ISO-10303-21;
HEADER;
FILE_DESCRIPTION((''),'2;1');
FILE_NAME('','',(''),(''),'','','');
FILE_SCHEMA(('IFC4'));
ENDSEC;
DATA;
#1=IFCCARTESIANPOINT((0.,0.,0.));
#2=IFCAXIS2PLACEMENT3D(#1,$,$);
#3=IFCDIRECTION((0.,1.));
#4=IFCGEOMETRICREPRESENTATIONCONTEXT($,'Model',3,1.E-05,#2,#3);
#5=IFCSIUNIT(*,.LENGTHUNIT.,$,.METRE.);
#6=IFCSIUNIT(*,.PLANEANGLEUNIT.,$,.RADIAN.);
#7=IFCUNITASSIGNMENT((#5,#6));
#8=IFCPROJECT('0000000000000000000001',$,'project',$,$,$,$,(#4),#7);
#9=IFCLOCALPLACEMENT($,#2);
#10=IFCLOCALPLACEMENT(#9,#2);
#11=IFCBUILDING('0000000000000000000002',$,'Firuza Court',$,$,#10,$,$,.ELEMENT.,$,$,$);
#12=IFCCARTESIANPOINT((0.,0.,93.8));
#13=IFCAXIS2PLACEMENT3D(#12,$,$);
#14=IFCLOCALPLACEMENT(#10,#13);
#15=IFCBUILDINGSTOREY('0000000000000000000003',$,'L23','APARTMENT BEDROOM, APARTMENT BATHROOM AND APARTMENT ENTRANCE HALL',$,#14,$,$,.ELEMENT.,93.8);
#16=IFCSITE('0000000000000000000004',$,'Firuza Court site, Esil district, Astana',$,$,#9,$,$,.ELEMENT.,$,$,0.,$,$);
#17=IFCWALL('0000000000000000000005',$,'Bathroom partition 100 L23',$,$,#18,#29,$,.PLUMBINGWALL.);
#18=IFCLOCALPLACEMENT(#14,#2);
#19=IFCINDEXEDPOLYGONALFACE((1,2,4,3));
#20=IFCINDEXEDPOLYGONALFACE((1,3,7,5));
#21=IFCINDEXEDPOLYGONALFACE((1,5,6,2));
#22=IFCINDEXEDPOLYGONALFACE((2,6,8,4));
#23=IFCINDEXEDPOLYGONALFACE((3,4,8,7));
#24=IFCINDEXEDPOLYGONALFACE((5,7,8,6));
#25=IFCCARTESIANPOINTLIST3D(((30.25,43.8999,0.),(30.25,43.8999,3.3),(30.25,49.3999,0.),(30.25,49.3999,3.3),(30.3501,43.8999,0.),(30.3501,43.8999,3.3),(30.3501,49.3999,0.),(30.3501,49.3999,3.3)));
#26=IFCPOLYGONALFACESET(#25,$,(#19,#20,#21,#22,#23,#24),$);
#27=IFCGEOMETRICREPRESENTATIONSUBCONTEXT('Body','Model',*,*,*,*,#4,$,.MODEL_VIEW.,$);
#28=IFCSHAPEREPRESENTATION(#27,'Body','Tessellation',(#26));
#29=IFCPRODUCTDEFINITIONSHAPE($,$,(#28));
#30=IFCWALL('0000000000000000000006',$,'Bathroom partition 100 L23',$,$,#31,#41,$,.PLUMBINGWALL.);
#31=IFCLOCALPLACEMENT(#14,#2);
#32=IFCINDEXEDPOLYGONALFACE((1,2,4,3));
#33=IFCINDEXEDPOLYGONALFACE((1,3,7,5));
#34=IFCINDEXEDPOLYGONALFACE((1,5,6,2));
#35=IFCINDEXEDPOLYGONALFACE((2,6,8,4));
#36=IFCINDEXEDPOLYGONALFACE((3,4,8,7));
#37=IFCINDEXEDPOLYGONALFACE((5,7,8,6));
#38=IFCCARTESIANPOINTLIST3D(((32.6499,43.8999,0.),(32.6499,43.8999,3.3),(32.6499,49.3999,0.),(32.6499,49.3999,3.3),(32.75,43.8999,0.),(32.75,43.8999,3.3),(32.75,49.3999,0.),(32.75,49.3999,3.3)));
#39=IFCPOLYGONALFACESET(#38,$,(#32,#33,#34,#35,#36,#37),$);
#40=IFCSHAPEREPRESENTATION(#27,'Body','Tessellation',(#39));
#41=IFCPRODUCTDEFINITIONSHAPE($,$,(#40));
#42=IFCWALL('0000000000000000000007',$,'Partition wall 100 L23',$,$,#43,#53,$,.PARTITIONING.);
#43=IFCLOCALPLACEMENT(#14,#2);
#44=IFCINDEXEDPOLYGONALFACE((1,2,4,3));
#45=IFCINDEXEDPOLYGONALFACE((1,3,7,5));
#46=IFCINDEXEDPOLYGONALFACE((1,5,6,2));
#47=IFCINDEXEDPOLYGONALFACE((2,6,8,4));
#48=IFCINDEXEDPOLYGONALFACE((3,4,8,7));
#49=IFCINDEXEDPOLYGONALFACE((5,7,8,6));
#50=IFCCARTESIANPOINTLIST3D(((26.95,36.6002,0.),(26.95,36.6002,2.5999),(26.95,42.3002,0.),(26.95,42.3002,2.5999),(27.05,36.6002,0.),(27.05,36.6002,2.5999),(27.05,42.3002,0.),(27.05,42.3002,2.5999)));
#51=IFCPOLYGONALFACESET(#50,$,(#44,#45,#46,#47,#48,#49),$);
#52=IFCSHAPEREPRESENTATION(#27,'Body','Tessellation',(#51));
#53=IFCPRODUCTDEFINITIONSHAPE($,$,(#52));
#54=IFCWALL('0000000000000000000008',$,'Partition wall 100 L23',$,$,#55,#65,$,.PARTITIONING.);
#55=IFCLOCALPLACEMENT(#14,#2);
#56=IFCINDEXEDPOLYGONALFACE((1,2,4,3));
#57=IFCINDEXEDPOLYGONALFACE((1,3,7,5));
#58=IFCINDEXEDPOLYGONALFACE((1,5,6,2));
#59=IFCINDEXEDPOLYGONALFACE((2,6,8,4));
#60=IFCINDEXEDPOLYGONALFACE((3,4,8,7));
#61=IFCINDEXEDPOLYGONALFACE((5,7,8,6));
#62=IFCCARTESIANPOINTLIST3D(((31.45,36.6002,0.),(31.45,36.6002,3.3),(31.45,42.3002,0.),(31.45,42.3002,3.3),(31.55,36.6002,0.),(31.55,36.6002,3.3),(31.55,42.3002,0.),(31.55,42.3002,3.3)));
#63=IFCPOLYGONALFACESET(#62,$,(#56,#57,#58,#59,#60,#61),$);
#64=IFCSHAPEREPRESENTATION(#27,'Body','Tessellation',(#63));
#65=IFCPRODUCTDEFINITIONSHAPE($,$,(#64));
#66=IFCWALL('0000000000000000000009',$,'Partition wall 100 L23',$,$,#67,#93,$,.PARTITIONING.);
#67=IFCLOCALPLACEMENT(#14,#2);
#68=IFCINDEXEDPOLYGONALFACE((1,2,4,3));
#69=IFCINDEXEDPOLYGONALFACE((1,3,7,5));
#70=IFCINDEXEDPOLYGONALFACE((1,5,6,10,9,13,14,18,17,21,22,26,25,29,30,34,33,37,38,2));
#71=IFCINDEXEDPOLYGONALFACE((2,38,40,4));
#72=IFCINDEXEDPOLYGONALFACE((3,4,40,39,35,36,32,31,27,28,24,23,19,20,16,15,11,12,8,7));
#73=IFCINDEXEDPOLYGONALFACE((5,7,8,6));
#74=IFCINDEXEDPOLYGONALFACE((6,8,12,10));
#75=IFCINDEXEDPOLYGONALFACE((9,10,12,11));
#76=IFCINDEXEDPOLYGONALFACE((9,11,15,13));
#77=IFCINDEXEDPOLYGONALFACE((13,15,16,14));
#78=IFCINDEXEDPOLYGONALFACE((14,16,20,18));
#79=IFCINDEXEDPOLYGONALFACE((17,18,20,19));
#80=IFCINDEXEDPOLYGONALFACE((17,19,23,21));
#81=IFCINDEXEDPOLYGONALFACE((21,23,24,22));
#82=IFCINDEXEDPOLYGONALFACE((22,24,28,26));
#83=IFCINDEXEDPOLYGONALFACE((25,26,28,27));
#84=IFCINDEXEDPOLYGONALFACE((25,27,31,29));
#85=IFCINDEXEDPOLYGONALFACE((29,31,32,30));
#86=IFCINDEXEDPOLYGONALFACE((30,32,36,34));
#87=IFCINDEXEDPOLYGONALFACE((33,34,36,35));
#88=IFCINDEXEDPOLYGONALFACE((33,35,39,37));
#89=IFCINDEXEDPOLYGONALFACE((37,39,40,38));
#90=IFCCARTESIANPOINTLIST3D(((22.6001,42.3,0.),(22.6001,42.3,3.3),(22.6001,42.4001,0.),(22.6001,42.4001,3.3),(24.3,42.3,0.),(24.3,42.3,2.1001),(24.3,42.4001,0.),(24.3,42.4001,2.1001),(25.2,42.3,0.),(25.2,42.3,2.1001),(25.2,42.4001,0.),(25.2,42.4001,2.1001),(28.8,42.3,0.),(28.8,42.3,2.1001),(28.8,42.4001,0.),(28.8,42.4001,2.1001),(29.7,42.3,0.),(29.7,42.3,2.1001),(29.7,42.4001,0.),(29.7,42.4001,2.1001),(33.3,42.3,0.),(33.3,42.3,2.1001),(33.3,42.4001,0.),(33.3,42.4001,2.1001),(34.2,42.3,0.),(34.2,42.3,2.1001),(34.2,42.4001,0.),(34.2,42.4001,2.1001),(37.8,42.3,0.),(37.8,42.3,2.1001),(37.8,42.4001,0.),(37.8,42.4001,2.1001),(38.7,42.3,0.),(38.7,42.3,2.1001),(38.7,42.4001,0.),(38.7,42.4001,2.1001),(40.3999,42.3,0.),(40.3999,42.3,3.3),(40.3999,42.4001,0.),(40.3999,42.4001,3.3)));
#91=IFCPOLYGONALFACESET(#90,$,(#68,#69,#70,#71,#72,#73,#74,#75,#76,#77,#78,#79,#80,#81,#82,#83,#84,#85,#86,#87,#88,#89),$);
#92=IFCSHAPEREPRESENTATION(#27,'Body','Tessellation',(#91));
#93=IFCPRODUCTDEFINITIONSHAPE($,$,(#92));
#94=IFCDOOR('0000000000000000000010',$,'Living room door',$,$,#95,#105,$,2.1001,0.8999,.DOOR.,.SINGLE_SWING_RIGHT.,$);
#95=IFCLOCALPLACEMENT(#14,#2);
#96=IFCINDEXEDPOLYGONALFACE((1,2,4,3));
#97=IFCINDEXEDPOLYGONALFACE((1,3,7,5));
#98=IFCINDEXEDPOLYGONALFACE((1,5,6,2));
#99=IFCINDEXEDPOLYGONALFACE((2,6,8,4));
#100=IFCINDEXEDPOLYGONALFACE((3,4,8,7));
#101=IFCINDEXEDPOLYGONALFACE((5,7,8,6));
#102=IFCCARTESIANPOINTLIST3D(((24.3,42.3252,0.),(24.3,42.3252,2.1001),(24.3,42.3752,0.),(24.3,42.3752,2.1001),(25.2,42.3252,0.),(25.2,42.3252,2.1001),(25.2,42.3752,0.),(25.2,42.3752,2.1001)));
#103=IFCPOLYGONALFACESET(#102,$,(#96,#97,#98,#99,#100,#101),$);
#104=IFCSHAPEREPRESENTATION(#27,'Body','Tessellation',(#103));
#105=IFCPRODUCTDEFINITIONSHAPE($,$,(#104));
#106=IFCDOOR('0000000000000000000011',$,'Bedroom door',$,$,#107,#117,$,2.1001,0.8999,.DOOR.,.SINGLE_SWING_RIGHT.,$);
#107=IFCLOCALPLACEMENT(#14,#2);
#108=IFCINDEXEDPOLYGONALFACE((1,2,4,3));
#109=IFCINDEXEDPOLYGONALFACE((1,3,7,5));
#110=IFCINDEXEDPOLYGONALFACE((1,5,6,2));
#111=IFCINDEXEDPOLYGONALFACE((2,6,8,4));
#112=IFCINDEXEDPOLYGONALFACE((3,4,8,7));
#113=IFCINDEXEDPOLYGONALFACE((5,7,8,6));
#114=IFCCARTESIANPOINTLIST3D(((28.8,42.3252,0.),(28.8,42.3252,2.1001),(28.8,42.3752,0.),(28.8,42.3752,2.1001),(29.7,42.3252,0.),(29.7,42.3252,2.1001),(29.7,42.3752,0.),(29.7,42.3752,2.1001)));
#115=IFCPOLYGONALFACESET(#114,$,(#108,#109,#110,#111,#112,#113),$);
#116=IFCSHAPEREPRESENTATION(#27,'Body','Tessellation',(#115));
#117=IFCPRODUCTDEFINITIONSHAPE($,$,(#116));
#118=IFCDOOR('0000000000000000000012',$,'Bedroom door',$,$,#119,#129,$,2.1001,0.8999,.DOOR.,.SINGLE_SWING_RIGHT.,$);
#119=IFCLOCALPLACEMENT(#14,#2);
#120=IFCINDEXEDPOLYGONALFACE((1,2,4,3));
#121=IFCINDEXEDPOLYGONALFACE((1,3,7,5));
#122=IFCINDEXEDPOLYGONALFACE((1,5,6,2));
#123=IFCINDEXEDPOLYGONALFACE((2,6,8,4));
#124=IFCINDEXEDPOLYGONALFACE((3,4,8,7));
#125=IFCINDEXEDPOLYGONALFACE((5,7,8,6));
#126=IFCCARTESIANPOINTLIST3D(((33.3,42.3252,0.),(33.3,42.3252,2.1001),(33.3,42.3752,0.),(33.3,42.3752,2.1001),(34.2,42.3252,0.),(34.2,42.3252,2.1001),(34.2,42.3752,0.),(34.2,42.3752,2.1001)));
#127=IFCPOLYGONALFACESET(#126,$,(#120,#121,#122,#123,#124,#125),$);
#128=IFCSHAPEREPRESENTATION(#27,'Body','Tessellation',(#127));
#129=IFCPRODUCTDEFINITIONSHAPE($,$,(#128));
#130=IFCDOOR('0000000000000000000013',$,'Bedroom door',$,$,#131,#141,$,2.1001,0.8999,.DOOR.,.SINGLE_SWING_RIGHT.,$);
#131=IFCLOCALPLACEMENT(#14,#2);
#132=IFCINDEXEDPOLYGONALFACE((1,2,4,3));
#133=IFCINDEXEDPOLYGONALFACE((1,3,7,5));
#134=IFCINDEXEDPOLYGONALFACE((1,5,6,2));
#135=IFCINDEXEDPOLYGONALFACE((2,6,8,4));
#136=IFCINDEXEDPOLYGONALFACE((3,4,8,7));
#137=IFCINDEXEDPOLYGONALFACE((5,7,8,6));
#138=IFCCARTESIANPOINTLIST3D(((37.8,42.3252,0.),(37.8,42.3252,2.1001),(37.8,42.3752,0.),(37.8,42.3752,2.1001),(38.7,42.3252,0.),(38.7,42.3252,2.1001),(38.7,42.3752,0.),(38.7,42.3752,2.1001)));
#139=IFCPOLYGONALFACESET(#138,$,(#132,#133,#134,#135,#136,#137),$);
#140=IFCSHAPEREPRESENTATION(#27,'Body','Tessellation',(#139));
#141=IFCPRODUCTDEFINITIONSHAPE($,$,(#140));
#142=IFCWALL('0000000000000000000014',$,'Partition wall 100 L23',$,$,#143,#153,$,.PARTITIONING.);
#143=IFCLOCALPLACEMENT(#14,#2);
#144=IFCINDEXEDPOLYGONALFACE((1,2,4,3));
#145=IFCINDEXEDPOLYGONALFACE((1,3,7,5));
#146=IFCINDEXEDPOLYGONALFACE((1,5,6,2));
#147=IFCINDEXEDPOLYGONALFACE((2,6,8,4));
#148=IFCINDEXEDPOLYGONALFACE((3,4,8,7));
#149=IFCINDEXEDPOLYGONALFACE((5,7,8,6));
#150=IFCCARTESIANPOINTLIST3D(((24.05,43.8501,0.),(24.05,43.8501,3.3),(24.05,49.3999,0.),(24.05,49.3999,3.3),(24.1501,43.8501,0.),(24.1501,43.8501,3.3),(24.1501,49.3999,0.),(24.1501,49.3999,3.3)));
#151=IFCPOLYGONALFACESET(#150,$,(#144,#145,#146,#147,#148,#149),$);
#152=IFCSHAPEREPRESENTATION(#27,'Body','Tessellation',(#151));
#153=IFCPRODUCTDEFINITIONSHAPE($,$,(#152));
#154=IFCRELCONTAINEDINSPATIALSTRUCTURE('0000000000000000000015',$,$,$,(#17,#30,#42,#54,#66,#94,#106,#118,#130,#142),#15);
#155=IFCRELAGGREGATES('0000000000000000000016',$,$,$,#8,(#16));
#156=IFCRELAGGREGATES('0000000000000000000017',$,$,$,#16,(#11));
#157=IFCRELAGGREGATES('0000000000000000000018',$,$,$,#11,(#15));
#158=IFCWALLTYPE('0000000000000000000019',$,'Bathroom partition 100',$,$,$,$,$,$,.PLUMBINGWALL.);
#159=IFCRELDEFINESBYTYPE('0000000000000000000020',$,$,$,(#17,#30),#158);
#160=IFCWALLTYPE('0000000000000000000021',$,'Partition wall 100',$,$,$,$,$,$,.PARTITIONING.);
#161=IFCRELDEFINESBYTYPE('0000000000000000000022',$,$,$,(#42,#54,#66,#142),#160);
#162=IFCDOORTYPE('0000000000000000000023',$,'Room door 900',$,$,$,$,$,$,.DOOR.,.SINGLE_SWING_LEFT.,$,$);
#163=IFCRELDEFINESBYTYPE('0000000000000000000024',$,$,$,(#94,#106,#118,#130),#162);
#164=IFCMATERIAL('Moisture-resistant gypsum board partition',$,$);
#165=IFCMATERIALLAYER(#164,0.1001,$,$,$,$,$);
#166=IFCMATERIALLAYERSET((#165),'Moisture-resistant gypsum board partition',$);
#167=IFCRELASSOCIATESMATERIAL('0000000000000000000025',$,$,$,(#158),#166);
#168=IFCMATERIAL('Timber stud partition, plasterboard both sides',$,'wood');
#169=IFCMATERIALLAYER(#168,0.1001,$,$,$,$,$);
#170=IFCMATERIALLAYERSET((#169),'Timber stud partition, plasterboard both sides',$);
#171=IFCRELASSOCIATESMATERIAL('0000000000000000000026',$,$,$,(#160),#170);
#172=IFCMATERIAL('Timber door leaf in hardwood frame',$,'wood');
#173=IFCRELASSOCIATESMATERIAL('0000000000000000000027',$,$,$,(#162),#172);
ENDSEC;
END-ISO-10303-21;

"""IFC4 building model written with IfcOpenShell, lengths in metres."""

from ifc_helpers import new_model, si_unit, direction, frame, frame_2d, origin, place, context, subcontext, project, spatial, rectangle, extrude, material, layer, layer_set, type_object, element, fill, save


model = new_model("IFC4")

# Units and contexts
model_context = context("Model", 3, precision=1e-05, world=origin(), true_north=direction((0.0, 1.0)))
body_context = subcontext(model_context, "Body", "Model", "MODEL_VIEW")
ifc_project = project(units=[si_unit("LENGTHUNIT", "METRE"), si_unit("PLANEANGLEUNIT", "RADIAN")], contexts=[model_context])

# Site, building, storey
site_placement = place(None, origin())
site = spatial("IfcSite", under=ifc_project, at=site_placement, Name="Firuza Court site, Esil district, Astana", CompositionType="ELEMENT", RefElevation=0.0)
building_placement = place(site_placement, origin())
building = spatial("IfcBuilding", under=site, at=building_placement, Name="Firuza Court", CompositionType="ELEMENT")
storey_placement = place(building_placement, frame((0.0, 0.0, 93.8)))
storey = spatial("IfcBuildingStorey", under=building, at=storey_placement, Name="L23", Description="APARTMENT BEDROOM, APARTMENT BATHROOM AND APARTMENT ENTRANCE HALL", CompositionType="ELEMENT", Elevation=93.8)

# Walls
ifc_material_1 = material(Name="Moisture-resistant gypsum board partition")
ifc_layer_1 = layer(ifc_material_1, 0.1001)
ifc_layer_set_1 = layer_set([ifc_layer_1], Name="Moisture-resistant gypsum board partition")
wall_type_1 = type_object("IfcWallType", Name="Bathroom partition 100", PredefinedType="PLUMBINGWALL", material=ifc_layer_set_1)
for number, where, z_axis, x_axis, name in (
    (1, (30.3, 43.8999, 0.0), (0.0, 0.0, 1.0), (0.0, 1.0, 0.0), "Bathroom partition 100 L23"),
    (2, (32.7, 43.8999, 0.0), (0.0, 0.0, 1.0), (0.0, 1.0, 0.0), "Bathroom partition 100 L23"),
):
    element("IfcWall", number, at=place(storey_placement, frame(where, z_axis=z_axis, x_axis=x_axis)), inside=storey, type_object=wall_type_1, Name=name, PredefinedType="PLUMBINGWALL", context=body_context, shape_type="SweptSolid", body=[
        extrude(rectangle(XDim=5.5, YDim=0.1001, at=frame_2d((2.75, 0.0))), origin(), (0.0, 0.0, 1.0), 3.3),
    ])
ifc_material_2 = material(Name="Timber stud partition, plasterboard both sides", Category="wood")
ifc_layer_2 = layer(ifc_material_2, 0.1001)
ifc_layer_set_2 = layer_set([ifc_layer_2], Name="Timber stud partition, plasterboard both sides")
wall_type_2 = type_object("IfcWallType", Name="Partition wall 100", PredefinedType="PARTITIONING", material=ifc_layer_set_2)
wall_1_placement = place(storey_placement, frame((27.0, 36.6001, 0.0), z_axis=(0.0, 0.0, 1.0), x_axis=(0.0, 1.0, 0.0)))
element("IfcWall", 3, at=wall_1_placement, inside=storey, type_object=wall_type_2, Name="Partition wall 100 L23", PredefinedType="PARTITIONING", context=body_context, shape_type="SweptSolid", body=[
    extrude(rectangle(XDim=5.7, YDim=0.1001, at=frame_2d((2.8501, 0.0))), origin(), (0.0, 0.0, 1.0), 2.5999),
])
wall_2_placement = place(storey_placement, frame((31.5, 36.6001, 0.0), z_axis=(0.0, 0.0, 1.0), x_axis=(0.0, 1.0, 0.0)))
element("IfcWall", 4, at=wall_2_placement, inside=storey, type_object=wall_type_2, Name="Partition wall 100 L23", PredefinedType="PARTITIONING", context=body_context, shape_type="SweptSolid", body=[
    extrude(rectangle(XDim=5.7, YDim=0.1001, at=frame_2d((2.8501, 0.0))), origin(), (0.0, 0.0, 1.0), 3.3),
])

# Wall, openings, doors
wall_3_placement = place(storey_placement, frame((22.6001, 42.3501, 0.0), z_axis=(0.0, 0.0, 1.0), x_axis=(1.0, 0.0, 0.0)))
wall_3 = element("IfcWall", 5, at=wall_3_placement, inside=storey, type_object=wall_type_2, Name="Partition wall 100 L23", PredefinedType="PARTITIONING", context=body_context, shape_type="SweptSolid", body=[
    extrude(rectangle(XDim=17.7998, YDim=0.1001, at=frame_2d((8.8999, 0.0))), origin(), (0.0, 0.0, 1.0), 3.3),
])
opening_1_placement = place(wall_3_placement, frame((1.7, 0.0, 0.0)))
opening_1 = element("IfcOpeningElement", 6, at=opening_1_placement, cuts=wall_3, PredefinedType="OPENING", context=body_context, shape_type="SweptSolid", body=[
    extrude(rectangle(XDim=0.8999, YDim=2.1001, at=frame_2d((0.45, 1.05))), frame((0.0, 0.062, 0.0), z_axis=(0.0, -1.0, 0.0), x_axis=(1.0, 0.0, 0.0)), (0.0, 0.0, 1.0), 0.124),
])
opening_2_placement = place(wall_3_placement, frame((6.2, 0.0, 0.0)))
opening_2 = element("IfcOpeningElement", 7, at=opening_2_placement, cuts=wall_3, PredefinedType="OPENING", context=body_context, shape_type="SweptSolid", body=[
    extrude(rectangle(XDim=0.8999, YDim=2.1001, at=frame_2d((0.45, 1.05))), frame((0.0, 0.062, 0.0), z_axis=(0.0, -1.0, 0.0), x_axis=(1.0, 0.0, 0.0)), (0.0, 0.0, 1.0), 0.124),
])
opening_3_placement = place(wall_3_placement, frame((10.7, 0.0, 0.0)))
opening_3 = element("IfcOpeningElement", 8, at=opening_3_placement, cuts=wall_3, PredefinedType="OPENING", context=body_context, shape_type="SweptSolid", body=[
    extrude(rectangle(XDim=0.8999, YDim=2.1001, at=frame_2d((0.45, 1.05))), frame((0.0, 0.062, 0.0), z_axis=(0.0, -1.0, 0.0), x_axis=(1.0, 0.0, 0.0)), (0.0, 0.0, 1.0), 0.124),
])
opening_4_placement = place(wall_3_placement, frame((15.2, 0.0, 0.0)))
opening_4 = element("IfcOpeningElement", 9, at=opening_4_placement, cuts=wall_3, PredefinedType="OPENING", context=body_context, shape_type="SweptSolid", body=[
    extrude(rectangle(XDim=0.8999, YDim=2.1001, at=frame_2d((0.45, 1.05))), frame((0.0, 0.062, 0.0), z_axis=(0.0, -1.0, 0.0), x_axis=(1.0, 0.0, 0.0)), (0.0, 0.0, 1.0), 0.124),
])
ifc_material_3 = material(Name="Timber door leaf in hardwood frame", Category="wood")
door_type_1 = type_object("IfcDoorType", Name="Room door 900", OperationType="SINGLE_SWING_LEFT", PredefinedType="DOOR", material=ifc_material_3)
door_1_placement = place(opening_1_placement, frame((0.8999, 0.0, 0.0), z_axis=(0.0, 0.0, 1.0), x_axis=(-1.0, 0.0, 0.0)))
door_1 = element("IfcDoor", 10, at=door_1_placement, inside=storey, type_object=door_type_1, Name="Living room door", OperationType="SINGLE_SWING_RIGHT", OverallHeight=2.1001, OverallWidth=0.8999, PredefinedType="DOOR", context=body_context, shape_type="SweptSolid", body=[
    extrude(rectangle(XDim=0.8999, YDim=2.1001, at=frame_2d((0.45, 1.05))), frame((0.0, 0.0249, 0.0), z_axis=(0.0, -1.0, 0.0), x_axis=(1.0, 0.0, 0.0)), (0.0, 0.0, 1.0), 0.05),
])
fill(opening_1, door_1)
door_2_placement = place(opening_2_placement, frame((0.8999, 0.0, 0.0), z_axis=(0.0, 0.0, 1.0), x_axis=(-1.0, 0.0, 0.0)))
door_2 = element("IfcDoor", 11, at=door_2_placement, inside=storey, type_object=door_type_1, Name="Bedroom door", OperationType="SINGLE_SWING_RIGHT", OverallHeight=2.1001, OverallWidth=0.8999, PredefinedType="DOOR", context=body_context, shape_type="SweptSolid", body=[
    extrude(rectangle(XDim=0.8999, YDim=2.1001, at=frame_2d((0.45, 1.05))), frame((0.0, 0.0249, 0.0), z_axis=(0.0, -1.0, 0.0), x_axis=(1.0, 0.0, 0.0)), (0.0, 0.0, 1.0), 0.05),
])
fill(opening_2, door_2)
door_3_placement = place(opening_3_placement, frame((0.8999, 0.0, 0.0), z_axis=(0.0, 0.0, 1.0), x_axis=(-1.0, 0.0, 0.0)))
door_3 = element("IfcDoor", 12, at=door_3_placement, inside=storey, type_object=door_type_1, Name="Bedroom door", OperationType="SINGLE_SWING_RIGHT", OverallHeight=2.1001, OverallWidth=0.8999, PredefinedType="DOOR", context=body_context, shape_type="SweptSolid", body=[
    extrude(rectangle(XDim=0.8999, YDim=2.1001, at=frame_2d((0.45, 1.05))), frame((0.0, 0.0249, 0.0), z_axis=(0.0, -1.0, 0.0), x_axis=(1.0, 0.0, 0.0)), (0.0, 0.0, 1.0), 0.05),
])
fill(opening_3, door_3)
door_4_placement = place(opening_4_placement, frame((0.8999, 0.0, 0.0), z_axis=(0.0, 0.0, 1.0), x_axis=(-1.0, 0.0, 0.0)))
door_4 = element("IfcDoor", 13, at=door_4_placement, inside=storey, type_object=door_type_1, Name="Bedroom door", OperationType="SINGLE_SWING_RIGHT", OverallHeight=2.1001, OverallWidth=0.8999, PredefinedType="DOOR", context=body_context, shape_type="SweptSolid", body=[
    extrude(rectangle(XDim=0.8999, YDim=2.1001, at=frame_2d((0.45, 1.05))), frame((0.0, 0.0249, 0.0), z_axis=(0.0, -1.0, 0.0), x_axis=(1.0, 0.0, 0.0)), (0.0, 0.0, 1.0), 0.05),
])
fill(opening_4, door_4)

# Wall
wall_4_placement = place(storey_placement, frame((24.1001, 43.8501, 0.0), z_axis=(0.0, 0.0, 1.0), x_axis=(0.0, 1.0, 0.0)))
element("IfcWall", 14, at=wall_4_placement, inside=storey, type_object=wall_type_2, Name="Partition wall 100 L23", PredefinedType="PARTITIONING", context=body_context, shape_type="SweptSolid", body=[
    extrude(rectangle(XDim=5.5498, YDim=0.1001, at=frame_2d((2.7749, 0.0))), origin(), (0.0, 0.0, 1.0), 3.3),
])

save(model, "model.ifc")
